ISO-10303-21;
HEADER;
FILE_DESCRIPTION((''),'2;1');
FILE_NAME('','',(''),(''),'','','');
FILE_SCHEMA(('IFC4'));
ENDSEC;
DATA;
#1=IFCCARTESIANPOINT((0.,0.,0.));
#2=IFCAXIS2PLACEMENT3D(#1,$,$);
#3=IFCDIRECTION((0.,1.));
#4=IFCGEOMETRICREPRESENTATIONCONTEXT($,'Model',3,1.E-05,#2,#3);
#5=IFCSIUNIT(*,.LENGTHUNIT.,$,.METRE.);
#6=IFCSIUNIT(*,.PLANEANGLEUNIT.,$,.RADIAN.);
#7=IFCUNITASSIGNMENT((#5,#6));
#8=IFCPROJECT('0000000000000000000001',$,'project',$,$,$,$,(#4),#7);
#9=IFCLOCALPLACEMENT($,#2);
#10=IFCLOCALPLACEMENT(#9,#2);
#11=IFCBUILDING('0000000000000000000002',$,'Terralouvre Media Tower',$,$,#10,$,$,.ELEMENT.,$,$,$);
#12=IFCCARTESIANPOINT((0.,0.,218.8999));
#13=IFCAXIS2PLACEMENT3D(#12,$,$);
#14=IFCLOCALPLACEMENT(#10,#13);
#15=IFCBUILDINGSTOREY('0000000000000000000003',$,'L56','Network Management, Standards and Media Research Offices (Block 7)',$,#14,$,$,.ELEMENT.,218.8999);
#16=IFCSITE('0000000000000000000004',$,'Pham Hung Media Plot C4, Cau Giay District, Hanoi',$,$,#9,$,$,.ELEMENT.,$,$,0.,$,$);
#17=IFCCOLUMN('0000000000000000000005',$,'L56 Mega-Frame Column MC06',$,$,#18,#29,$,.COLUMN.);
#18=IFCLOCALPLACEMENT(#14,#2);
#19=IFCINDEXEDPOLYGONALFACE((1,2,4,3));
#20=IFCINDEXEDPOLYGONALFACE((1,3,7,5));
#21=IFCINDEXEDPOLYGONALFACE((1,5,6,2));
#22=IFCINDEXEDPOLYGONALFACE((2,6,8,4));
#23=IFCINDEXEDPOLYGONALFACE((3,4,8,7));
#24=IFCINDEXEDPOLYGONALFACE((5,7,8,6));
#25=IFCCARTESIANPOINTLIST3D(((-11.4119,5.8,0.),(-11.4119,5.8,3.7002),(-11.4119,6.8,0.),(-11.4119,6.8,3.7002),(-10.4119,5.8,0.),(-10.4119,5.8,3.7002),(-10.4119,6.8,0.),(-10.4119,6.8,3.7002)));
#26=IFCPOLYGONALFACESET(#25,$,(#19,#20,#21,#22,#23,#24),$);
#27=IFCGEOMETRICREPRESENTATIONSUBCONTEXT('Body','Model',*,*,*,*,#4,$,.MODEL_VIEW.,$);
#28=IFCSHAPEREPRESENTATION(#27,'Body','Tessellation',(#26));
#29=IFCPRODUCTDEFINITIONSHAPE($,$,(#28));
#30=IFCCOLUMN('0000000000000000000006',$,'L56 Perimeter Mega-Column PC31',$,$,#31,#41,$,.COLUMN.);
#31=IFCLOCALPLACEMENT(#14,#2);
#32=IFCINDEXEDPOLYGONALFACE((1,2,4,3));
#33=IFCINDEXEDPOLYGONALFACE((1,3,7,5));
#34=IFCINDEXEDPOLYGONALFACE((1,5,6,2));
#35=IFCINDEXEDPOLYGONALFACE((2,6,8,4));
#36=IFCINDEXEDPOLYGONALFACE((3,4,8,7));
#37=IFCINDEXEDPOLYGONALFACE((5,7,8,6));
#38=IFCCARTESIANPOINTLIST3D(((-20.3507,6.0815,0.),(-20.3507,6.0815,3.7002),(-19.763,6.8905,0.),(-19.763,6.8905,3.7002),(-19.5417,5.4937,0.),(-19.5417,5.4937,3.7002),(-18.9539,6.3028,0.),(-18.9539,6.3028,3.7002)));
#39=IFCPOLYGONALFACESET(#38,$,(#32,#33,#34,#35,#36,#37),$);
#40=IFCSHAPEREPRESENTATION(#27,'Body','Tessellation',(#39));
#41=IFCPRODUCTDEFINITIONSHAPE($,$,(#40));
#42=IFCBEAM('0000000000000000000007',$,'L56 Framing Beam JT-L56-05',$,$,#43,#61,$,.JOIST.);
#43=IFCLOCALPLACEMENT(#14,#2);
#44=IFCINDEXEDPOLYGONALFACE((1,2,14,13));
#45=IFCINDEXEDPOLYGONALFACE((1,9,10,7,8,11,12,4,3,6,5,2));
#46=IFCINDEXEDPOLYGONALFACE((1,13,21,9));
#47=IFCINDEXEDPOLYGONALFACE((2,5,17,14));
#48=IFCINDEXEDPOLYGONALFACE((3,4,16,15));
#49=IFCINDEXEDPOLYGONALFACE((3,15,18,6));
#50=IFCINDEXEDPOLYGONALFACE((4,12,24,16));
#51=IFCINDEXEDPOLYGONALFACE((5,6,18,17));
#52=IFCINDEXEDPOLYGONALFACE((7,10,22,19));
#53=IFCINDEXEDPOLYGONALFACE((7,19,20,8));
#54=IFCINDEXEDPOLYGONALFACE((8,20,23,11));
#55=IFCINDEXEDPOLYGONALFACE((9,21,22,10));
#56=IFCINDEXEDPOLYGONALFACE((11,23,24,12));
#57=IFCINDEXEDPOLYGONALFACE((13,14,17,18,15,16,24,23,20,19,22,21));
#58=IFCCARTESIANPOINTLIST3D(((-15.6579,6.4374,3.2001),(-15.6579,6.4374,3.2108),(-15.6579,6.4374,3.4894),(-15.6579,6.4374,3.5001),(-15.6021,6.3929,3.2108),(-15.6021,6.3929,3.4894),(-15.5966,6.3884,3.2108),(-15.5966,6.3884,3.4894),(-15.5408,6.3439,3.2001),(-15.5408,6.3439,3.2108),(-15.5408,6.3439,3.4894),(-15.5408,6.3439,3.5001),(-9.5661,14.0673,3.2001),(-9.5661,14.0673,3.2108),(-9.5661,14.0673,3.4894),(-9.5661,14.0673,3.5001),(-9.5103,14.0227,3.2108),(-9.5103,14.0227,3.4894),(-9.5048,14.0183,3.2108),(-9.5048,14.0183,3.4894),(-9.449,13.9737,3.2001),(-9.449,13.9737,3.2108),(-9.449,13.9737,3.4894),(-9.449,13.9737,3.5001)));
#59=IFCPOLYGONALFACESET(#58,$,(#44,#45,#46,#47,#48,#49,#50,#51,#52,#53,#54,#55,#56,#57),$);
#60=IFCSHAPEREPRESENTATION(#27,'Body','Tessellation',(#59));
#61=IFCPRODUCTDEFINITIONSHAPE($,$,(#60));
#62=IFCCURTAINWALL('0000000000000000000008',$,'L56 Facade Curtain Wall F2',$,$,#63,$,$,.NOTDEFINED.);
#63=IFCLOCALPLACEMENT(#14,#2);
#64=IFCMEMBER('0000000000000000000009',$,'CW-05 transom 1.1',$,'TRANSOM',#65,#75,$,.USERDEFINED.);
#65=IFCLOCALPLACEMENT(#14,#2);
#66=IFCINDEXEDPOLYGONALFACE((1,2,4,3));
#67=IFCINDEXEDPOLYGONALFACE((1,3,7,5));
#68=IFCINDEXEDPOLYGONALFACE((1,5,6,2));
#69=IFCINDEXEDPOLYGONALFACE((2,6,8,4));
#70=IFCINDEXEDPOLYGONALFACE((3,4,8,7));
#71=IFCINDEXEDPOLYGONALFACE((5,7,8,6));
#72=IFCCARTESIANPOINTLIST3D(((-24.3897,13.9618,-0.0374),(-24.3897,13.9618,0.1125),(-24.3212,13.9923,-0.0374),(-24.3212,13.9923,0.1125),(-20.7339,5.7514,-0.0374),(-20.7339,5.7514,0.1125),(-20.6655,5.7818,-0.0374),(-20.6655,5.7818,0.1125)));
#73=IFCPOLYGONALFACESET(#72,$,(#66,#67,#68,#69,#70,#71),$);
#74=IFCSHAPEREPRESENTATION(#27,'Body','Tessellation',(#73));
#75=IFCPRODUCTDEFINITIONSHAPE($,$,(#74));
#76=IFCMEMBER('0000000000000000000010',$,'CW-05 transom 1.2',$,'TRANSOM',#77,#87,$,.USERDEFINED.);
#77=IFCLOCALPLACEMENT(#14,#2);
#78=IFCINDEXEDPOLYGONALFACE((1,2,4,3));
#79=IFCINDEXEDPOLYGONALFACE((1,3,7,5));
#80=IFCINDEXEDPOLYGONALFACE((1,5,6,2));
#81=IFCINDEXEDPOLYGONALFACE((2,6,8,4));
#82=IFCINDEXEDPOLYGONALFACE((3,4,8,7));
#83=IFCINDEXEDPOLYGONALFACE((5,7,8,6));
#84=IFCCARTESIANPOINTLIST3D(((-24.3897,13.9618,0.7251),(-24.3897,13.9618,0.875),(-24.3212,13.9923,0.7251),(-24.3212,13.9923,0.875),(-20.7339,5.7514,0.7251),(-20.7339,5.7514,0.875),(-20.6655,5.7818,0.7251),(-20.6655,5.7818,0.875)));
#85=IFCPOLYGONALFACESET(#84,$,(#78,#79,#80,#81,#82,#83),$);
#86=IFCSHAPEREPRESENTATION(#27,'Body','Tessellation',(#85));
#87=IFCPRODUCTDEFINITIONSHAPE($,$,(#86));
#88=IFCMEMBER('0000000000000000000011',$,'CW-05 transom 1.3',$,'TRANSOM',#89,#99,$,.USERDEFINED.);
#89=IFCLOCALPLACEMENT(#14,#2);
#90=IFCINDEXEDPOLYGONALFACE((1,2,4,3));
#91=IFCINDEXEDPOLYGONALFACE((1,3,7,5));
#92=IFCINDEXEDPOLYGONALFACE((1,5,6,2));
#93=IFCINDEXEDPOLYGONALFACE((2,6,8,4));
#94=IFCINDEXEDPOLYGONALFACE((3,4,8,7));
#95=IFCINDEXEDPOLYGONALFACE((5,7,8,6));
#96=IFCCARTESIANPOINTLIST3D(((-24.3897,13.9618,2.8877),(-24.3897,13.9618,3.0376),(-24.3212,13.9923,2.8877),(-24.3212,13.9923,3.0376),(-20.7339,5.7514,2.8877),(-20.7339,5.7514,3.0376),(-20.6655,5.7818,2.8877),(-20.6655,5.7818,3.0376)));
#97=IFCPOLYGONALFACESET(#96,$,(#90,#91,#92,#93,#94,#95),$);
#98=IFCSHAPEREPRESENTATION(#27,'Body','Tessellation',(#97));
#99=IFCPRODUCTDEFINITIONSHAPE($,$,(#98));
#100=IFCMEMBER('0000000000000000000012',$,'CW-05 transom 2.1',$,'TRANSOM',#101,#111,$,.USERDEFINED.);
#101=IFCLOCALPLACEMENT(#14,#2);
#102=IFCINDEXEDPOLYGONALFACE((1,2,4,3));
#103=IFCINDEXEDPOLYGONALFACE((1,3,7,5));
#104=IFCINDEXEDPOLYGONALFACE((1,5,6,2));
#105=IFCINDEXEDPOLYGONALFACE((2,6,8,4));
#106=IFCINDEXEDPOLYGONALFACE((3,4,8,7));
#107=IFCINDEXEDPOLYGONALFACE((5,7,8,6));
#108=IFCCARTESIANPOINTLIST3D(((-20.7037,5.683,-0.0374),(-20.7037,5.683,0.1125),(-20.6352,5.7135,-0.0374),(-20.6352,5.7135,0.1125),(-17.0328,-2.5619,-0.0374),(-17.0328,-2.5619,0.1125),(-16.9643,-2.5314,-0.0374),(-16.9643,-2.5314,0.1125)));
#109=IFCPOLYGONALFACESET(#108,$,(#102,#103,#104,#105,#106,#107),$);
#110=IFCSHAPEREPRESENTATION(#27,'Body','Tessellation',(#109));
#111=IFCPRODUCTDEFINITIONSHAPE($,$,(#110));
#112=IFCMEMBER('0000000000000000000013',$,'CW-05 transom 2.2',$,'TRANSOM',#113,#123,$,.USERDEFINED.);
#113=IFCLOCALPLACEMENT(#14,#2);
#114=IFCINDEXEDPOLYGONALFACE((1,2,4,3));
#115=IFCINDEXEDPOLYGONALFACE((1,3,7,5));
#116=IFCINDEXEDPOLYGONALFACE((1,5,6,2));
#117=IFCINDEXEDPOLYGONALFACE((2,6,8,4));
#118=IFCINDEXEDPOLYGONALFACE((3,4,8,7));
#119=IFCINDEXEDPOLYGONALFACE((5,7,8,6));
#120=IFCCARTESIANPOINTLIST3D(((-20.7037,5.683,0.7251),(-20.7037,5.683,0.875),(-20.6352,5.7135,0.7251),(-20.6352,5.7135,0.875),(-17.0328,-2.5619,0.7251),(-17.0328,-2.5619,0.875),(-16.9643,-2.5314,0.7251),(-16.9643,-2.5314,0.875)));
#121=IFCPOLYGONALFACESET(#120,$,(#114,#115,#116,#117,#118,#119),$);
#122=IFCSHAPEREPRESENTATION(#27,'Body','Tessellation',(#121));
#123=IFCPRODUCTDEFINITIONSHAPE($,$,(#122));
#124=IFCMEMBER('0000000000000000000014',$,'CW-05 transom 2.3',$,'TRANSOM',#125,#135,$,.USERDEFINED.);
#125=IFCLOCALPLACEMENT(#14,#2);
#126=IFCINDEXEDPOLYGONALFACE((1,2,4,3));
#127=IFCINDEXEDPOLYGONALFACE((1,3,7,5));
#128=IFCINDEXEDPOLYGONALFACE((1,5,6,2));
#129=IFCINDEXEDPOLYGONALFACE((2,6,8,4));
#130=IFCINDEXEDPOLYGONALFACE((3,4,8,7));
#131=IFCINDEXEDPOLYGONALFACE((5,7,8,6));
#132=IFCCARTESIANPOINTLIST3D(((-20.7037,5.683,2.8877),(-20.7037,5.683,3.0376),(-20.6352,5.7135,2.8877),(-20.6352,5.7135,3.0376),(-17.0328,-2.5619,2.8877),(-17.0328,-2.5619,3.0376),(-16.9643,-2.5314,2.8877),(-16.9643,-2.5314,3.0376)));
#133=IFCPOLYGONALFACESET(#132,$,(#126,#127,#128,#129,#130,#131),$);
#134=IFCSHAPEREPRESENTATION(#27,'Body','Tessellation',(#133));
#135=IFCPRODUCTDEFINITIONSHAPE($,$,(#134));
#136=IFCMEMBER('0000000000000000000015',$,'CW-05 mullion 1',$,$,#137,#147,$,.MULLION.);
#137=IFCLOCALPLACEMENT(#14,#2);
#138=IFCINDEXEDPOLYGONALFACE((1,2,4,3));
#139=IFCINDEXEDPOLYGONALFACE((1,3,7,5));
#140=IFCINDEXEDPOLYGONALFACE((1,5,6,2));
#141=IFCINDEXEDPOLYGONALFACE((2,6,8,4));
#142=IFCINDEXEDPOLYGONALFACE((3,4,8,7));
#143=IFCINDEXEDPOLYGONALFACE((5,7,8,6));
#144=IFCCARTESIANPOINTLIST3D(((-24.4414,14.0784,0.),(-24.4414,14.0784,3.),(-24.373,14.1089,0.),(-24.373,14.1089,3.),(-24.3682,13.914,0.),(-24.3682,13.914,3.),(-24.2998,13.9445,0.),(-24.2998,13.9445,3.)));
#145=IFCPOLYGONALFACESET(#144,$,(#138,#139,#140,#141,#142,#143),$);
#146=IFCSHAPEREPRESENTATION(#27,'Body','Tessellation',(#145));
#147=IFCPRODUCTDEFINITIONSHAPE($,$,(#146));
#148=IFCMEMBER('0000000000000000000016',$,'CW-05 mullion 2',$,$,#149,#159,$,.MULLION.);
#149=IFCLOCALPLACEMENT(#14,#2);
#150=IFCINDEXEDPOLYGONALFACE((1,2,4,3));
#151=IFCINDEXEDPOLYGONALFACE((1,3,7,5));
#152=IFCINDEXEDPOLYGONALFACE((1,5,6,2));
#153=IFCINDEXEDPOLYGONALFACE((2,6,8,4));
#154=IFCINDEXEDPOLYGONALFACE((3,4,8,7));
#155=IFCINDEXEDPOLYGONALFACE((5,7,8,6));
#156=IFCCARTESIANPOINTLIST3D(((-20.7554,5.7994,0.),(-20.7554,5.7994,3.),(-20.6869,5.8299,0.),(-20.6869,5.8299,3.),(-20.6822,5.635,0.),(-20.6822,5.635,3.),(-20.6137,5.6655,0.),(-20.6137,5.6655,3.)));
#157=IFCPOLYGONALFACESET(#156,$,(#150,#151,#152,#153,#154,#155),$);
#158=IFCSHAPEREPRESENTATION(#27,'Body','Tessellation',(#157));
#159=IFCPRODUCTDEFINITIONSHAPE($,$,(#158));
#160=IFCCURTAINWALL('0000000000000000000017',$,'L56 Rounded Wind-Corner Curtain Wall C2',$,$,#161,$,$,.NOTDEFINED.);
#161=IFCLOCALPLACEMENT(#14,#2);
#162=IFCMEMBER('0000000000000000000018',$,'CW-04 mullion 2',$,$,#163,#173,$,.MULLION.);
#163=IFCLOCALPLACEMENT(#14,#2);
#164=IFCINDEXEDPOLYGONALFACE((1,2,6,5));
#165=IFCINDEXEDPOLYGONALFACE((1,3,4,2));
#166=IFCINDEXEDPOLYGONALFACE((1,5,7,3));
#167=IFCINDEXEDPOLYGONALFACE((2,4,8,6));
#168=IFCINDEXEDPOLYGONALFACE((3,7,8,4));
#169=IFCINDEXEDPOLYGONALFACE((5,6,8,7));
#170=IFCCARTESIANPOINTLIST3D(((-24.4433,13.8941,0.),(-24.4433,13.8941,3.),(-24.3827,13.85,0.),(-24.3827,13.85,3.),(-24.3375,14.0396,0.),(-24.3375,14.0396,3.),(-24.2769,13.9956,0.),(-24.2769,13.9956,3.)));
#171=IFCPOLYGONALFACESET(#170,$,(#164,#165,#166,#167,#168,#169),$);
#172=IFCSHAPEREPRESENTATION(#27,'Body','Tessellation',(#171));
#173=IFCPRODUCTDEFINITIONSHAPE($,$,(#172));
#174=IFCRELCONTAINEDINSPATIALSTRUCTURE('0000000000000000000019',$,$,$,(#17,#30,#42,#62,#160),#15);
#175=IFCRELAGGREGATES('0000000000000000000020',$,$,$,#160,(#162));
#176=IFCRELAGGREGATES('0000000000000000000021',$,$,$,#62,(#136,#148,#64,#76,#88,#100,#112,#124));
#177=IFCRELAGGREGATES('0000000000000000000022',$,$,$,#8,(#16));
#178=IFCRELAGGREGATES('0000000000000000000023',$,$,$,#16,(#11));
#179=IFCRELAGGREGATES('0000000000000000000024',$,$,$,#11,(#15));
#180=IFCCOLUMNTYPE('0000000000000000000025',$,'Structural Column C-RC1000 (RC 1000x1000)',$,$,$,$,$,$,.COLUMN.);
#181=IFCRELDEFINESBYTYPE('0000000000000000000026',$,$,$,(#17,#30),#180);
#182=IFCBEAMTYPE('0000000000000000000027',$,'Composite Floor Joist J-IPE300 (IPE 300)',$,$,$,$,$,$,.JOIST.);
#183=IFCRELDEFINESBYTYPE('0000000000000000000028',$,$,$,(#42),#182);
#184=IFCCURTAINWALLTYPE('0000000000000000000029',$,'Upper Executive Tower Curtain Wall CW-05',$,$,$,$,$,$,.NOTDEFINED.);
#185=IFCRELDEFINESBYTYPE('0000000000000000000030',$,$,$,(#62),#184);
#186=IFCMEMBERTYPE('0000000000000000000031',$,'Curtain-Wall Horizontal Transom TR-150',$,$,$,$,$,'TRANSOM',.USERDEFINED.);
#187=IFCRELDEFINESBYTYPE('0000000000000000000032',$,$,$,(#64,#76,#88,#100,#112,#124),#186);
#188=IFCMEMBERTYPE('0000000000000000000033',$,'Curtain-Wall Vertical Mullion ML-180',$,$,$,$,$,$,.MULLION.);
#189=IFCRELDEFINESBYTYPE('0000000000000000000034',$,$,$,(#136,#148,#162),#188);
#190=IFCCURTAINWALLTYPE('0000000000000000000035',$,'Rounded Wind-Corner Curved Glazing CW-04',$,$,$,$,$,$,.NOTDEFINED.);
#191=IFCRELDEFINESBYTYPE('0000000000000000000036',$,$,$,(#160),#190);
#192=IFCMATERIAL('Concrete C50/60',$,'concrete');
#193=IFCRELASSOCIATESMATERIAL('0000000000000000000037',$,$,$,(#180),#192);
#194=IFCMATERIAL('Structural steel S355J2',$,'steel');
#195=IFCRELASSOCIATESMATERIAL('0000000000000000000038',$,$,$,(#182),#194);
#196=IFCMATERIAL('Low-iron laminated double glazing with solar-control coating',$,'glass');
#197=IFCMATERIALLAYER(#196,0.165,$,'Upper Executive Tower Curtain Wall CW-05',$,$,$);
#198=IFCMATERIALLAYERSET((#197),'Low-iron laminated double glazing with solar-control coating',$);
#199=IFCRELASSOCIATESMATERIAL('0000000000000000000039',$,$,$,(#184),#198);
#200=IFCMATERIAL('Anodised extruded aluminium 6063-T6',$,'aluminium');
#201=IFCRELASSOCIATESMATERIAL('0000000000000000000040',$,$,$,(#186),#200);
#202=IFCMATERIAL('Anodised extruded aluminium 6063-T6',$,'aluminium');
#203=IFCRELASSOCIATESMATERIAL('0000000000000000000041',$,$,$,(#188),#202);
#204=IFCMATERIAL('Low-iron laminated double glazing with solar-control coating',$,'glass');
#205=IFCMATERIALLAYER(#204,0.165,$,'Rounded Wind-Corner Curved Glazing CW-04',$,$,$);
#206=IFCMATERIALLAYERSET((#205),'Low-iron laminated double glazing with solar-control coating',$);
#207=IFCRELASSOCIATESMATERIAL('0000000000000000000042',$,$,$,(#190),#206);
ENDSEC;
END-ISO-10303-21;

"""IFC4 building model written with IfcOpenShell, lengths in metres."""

from ifc_helpers import new_model, si_unit, direction, frame, origin, origin_2d, place, context, subcontext, project, spatial, rectangle, i_section, extrude, material, layer, layer_set, material_profile, profile_set, type_object, element, aggregate, save


model = new_model("IFC4")

# Units and contexts
model_context = context("Model", 3, precision=1e-05, world=origin(), true_north=direction((0.0, 1.0)))
body_context = subcontext(model_context, "Body", "Model", "MODEL_VIEW")
ifc_project = project(units=[si_unit("LENGTHUNIT", "METRE"), si_unit("PLANEANGLEUNIT", "RADIAN")], contexts=[model_context])

# Site, building, storey
site_placement = place(None, origin())
site = spatial("IfcSite", under=ifc_project, at=site_placement, Name="Pham Hung Media Plot C4, Cau Giay District, Hanoi", CompositionType="ELEMENT", RefElevation=0.0)
building_placement = place(site_placement, origin())
building = spatial("IfcBuilding", under=site, at=building_placement, Name="Terralouvre Media Tower", CompositionType="ELEMENT")
storey_placement = place(building_placement, frame((0.0, 0.0, 218.8999)))
storey = spatial("IfcBuildingStorey", under=building, at=storey_placement, Name="L56", Description="Network Management, Standards and Media Research Offices (Block 7)", CompositionType="ELEMENT", Elevation=218.8999)

# Columns
ifc_material_1 = material(Name="Concrete C50/60", Category="concrete")
ifc_material_profile_1 = material_profile(ifc_material_1, rectangle(XDim=1.0, YDim=1.0, at=origin_2d()), Name="RC 1000x1000")
ifc_profile_set_1 = profile_set([ifc_material_profile_1], Name="Concrete C50/60")
column_type = type_object("IfcColumnType", Name="Structural Column C-RC1000 (RC 1000x1000)", PredefinedType="COLUMN", material=ifc_profile_set_1)
for number, where, z_axis, x_axis, name in (
    (1, (-10.9119, 6.3, 0.0), (0.0, 0.0, 1.0), (1.0, 0.0, 0.0), "L56 Mega-Frame Column MC06"),
    (2, (-19.6523, 6.1921, 0.0), (0.0, 0.0, 1.0), (0.587785, 0.809017, 0.0), "L56 Perimeter Mega-Column PC31"),
):
    element("IfcColumn", number, at=place(storey_placement, frame(where, z_axis=z_axis, x_axis=x_axis)), inside=storey, type_object=column_type, Name=name, PredefinedType="COLUMN", context=body_context, shape_type="SweptSolid", body=[
        extrude(rectangle(XDim=1.0, YDim=1.0, at=origin_2d()), origin(), (0.0, 0.0, 1.0), 3.7002),
    ])

# Beam
ifc_material_2 = material(Name="Structural steel S355J2", Category="steel")
ifc_material_profile_2 = material_profile(ifc_material_2, i_section(OverallWidth=0.1499, OverallDepth=0.3, WebThickness=0.0071, FlangeThickness=0.0107, at=origin_2d()), Name="IPE 300")
ifc_profile_set_2 = profile_set([ifc_material_profile_2], Name="Structural steel S355J2")
beam_type_1 = type_object("IfcBeamType", Name="Composite Floor Joist J-IPE300 (IPE 300)", PredefinedType="JOIST", material=ifc_profile_set_2)
beam_1_placement = place(storey_placement, frame((-9.5076, 14.0205, 3.3501), z_axis=(-0.623938, -0.781473, 0.0), x_axis=(0.781473, -0.623938, 0.0)))
element("IfcBeam", 3, at=beam_1_placement, inside=storey, type_object=beam_type_1, Name="L56 Framing Beam JT-L56-05", PredefinedType="JOIST", context=body_context, shape_type="SweptSolid", body=[
    extrude(i_section(OverallWidth=0.1499, OverallDepth=0.3, WebThickness=0.0071, FlangeThickness=0.0107, at=origin_2d()), origin(), (0.0, 0.0, 1.0), 9.7634),
])

# Curtain wall, members
ifc_material_3 = material(Name="Low-iron laminated double glazing with solar-control coating", Category="glass")
ifc_layer_1 = layer(ifc_material_3, 0.165, Name="Upper Executive Tower Curtain Wall CW-05")
ifc_layer_set_1 = layer_set([ifc_layer_1], Name="Low-iron laminated double glazing with solar-control coating")
curtain_wall_type_1 = type_object("IfcCurtainWallType", Name="Upper Executive Tower Curtain Wall CW-05", PredefinedType="NOTDEFINED", material=ifc_layer_set_1)
curtain_wall_1_placement = place(storey_placement, origin())
curtain_wall_1 = element("IfcCurtainWall", 4, at=curtain_wall_1_placement, inside=storey, type_object=curtain_wall_type_1, Name="L56 Facade Curtain Wall F2", PredefinedType="NOTDEFINED")
ifc_material_4 = material(Name="Anodised extruded aluminium 6063-T6", Category="aluminium")
ifc_material_profile_3 = material_profile(ifc_material_4, rectangle(XDim=0.075, YDim=0.1499, at=origin_2d()), Name="ALU 75x150")
ifc_profile_set_3 = profile_set([ifc_material_profile_3], Name="Anodised extruded aluminium 6063-T6")
member_type_1 = type_object("IfcMemberType", Name="Curtain-Wall Horizontal Transom TR-150", ElementType="TRANSOM", PredefinedType="USERDEFINED", material=ifc_profile_set_3)
member_1_placement = place(storey_placement, frame((-24.3555, 13.9771, 0.0376), z_axis=(0.406758, -0.913536, 0.0), x_axis=(0.913536, 0.406758, 0.0)))
member_1 = element("IfcMember", 5, at=member_1_placement, type_object=member_type_1, Name="CW-05 transom 1.1", ObjectType="TRANSOM", PredefinedType="USERDEFINED", context=body_context, shape_type="SweptSolid", body=[
    extrude(rectangle(XDim=0.075, YDim=0.1499, at=origin_2d()), origin(), (0.0, 0.0, 1.0), 8.9875),
])
member_2_placement = place(storey_placement, frame((-24.3555, 13.9771, 0.8), z_axis=(0.406758, -0.913536, 0.0), x_axis=(0.913536, 0.406758, 0.0)))
member_2 = element("IfcMember", 6, at=member_2_placement, type_object=member_type_1, Name="CW-05 transom 1.2", ObjectType="TRANSOM", PredefinedType="USERDEFINED", context=body_context, shape_type="SweptSolid", body=[
    extrude(rectangle(XDim=0.075, YDim=0.1499, at=origin_2d()), origin(), (0.0, 0.0, 1.0), 8.9875),
])
member_3_placement = place(storey_placement, frame((-24.3555, 13.9771, 2.9626), z_axis=(0.406758, -0.913536, 0.0), x_axis=(0.913536, 0.406758, 0.0)))
member_3 = element("IfcMember", 7, at=member_3_placement, type_object=member_type_1, Name="CW-05 transom 1.3", ObjectType="TRANSOM", PredefinedType="USERDEFINED", context=body_context, shape_type="SweptSolid", body=[
    extrude(rectangle(XDim=0.075, YDim=0.1499, at=origin_2d()), origin(), (0.0, 0.0, 1.0), 8.9875),
])
member_4_placement = place(storey_placement, frame((-20.6694, 5.6982, 0.0376), z_axis=(0.406741, -0.913544, 0.0), x_axis=(0.913544, 0.406741, 0.0)))
member_4 = element("IfcMember", 8, at=member_4_placement, type_object=member_type_1, Name="CW-05 transom 2.1", ObjectType="TRANSOM", PredefinedType="USERDEFINED", context=body_context, shape_type="SweptSolid", body=[
    extrude(rectangle(XDim=0.075, YDim=0.1499, at=origin_2d()), origin(), (0.0, 0.0, 1.0), 9.0251),
])
member_5_placement = place(storey_placement, frame((-20.6694, 5.6982, 0.8), z_axis=(0.406741, -0.913544, 0.0), x_axis=(0.913544, 0.406741, 0.0)))
member_5 = element("IfcMember", 9, at=member_5_placement, type_object=member_type_1, Name="CW-05 transom 2.2", ObjectType="TRANSOM", PredefinedType="USERDEFINED", context=body_context, shape_type="SweptSolid", body=[
    extrude(rectangle(XDim=0.075, YDim=0.1499, at=origin_2d()), origin(), (0.0, 0.0, 1.0), 9.0251),
])
member_6_placement = place(storey_placement, frame((-20.6694, 5.6982, 2.9626), z_axis=(0.406741, -0.913544, 0.0), x_axis=(0.913544, 0.406741, 0.0)))
member_6 = element("IfcMember", 10, at=member_6_placement, type_object=member_type_1, Name="CW-05 transom 2.3", ObjectType="TRANSOM", PredefinedType="USERDEFINED", context=body_context, shape_type="SweptSolid", body=[
    extrude(rectangle(XDim=0.075, YDim=0.1499, at=origin_2d()), origin(), (0.0, 0.0, 1.0), 9.0251),
])
ifc_material_5 = material(Name="Anodised extruded aluminium 6063-T6", Category="aluminium")
ifc_material_profile_4 = material_profile(ifc_material_5, rectangle(XDim=0.075, YDim=0.1799, at=origin_2d()), Name="ALU 75x180")
ifc_profile_set_4 = profile_set([ifc_material_profile_4], Name="Anodised extruded aluminium 6063-T6")
member_type_2 = type_object("IfcMemberType", Name="Curtain-Wall Vertical Mullion ML-180", PredefinedType="MULLION", material=ifc_profile_set_4)
member_7_placement = place(storey_placement, frame((-24.3706, 14.0115, 0.0), z_axis=(0.0, 0.0, 1.0), x_axis=(0.913545, 0.406737, 0.0)))
member_7 = element("IfcMember", 11, at=member_7_placement, type_object=member_type_2, Name="CW-05 mullion 1", PredefinedType="MULLION", context=body_context, shape_type="SweptSolid", body=[
    extrude(rectangle(XDim=0.075, YDim=0.1799, at=origin_2d()), origin(), (0.0, 0.0, 1.0), 3.0),
])
member_8_placement = place(storey_placement, frame((-20.6846, 5.7324, 0.0), z_axis=(0.0, 0.0, 1.0), x_axis=(0.913545, 0.406737, 0.0)))
member_8 = element("IfcMember", 12, at=member_8_placement, type_object=member_type_2, Name="CW-05 mullion 2", PredefinedType="MULLION", context=body_context, shape_type="SweptSolid", body=[
    extrude(rectangle(XDim=0.075, YDim=0.1799, at=origin_2d()), origin(), (0.0, 0.0, 1.0), 3.0),
])

# Curtain wall, member
ifc_material_6 = material(Name="Low-iron laminated double glazing with solar-control coating", Category="glass")
ifc_layer_2 = layer(ifc_material_6, 0.165, Name="Rounded Wind-Corner Curved Glazing CW-04")
ifc_layer_set_2 = layer_set([ifc_layer_2], Name="Low-iron laminated double glazing with solar-control coating")
curtain_wall_type_2 = type_object("IfcCurtainWallType", Name="Rounded Wind-Corner Curved Glazing CW-04", PredefinedType="NOTDEFINED", material=ifc_layer_set_2)
curtain_wall_2_placement = place(storey_placement, origin())
curtain_wall_2 = element("IfcCurtainWall", 13, at=curtain_wall_2_placement, inside=storey, type_object=curtain_wall_type_2, Name="L56 Rounded Wind-Corner Curtain Wall C2", PredefinedType="NOTDEFINED")
member_9_placement = place(storey_placement, frame((-24.3601, 13.9448, 0.0), z_axis=(0.0, 0.0, 1.0), x_axis=(0.809017, -0.587786, 0.0)))
member_9 = element("IfcMember", 14, at=member_9_placement, type_object=member_type_2, Name="CW-04 mullion 2", PredefinedType="MULLION", context=body_context, shape_type="SweptSolid", body=[
    extrude(rectangle(XDim=0.075, YDim=0.1799, at=origin_2d()), origin(), (0.0, 0.0, 1.0), 3.0),
])
aggregate(curtain_wall_2, [member_9])

aggregate(curtain_wall_1, [member_7, member_8, member_1, member_2, member_3, member_4, member_5, member_6])

save(model, "model.ifc")
